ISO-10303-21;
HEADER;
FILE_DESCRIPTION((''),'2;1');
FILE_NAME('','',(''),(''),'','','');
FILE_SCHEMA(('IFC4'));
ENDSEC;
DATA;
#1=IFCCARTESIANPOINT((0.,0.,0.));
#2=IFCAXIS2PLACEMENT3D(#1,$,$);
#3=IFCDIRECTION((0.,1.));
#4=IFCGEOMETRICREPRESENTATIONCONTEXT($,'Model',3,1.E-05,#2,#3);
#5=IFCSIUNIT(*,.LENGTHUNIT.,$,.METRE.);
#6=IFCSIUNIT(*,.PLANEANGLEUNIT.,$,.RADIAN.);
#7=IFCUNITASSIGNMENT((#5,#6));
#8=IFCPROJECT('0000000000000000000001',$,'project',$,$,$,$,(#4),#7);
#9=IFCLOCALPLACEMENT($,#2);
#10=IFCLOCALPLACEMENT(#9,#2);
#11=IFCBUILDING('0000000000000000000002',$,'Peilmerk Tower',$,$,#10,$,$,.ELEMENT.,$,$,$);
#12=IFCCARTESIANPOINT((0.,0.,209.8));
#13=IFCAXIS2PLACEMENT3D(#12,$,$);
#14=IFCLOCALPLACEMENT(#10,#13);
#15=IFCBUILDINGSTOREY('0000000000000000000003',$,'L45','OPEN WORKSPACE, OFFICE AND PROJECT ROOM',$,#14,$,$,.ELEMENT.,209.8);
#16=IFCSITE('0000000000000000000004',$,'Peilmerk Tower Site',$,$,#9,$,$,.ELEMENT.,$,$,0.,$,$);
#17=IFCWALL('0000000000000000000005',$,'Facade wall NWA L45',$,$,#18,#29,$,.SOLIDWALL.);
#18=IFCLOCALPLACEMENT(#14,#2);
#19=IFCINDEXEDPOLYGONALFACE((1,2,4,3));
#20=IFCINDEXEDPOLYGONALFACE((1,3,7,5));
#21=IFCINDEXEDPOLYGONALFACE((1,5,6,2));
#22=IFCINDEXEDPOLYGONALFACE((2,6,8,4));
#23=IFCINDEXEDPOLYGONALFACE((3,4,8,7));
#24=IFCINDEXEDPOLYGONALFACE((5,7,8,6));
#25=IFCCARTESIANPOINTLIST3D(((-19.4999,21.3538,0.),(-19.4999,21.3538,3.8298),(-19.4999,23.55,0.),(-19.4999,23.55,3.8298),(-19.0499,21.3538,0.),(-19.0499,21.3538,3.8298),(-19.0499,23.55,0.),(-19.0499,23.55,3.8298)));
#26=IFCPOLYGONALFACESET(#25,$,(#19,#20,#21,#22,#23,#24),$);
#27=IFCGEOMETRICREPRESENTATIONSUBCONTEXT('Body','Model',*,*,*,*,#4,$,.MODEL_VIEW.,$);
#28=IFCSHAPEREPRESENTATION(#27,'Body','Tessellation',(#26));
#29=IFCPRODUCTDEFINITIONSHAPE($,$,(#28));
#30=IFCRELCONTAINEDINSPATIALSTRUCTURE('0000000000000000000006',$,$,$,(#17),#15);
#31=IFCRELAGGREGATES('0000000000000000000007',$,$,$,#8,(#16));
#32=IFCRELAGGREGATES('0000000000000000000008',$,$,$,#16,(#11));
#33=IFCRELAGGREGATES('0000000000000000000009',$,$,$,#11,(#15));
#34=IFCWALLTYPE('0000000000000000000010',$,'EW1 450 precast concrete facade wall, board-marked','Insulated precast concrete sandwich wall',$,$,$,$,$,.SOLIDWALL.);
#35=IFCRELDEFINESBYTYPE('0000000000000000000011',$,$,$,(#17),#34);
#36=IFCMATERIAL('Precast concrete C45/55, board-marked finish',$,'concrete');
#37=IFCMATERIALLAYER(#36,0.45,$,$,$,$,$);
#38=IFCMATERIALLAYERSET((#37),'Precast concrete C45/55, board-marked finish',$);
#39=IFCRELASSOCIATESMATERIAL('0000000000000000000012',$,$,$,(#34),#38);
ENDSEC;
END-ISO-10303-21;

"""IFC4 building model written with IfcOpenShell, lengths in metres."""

from ifc_helpers import new_model, si_unit, direction, frame, frame_2d, origin, place, context, subcontext, project, spatial, rectangle, extrude, material, layer, layer_set, type_object, element, save


model = new_model("IFC4")

# Units and contexts
model_context = context("Model", 3, precision=1e-05, world=origin(), true_north=direction((0.0, 1.0)))
body_context = subcontext(model_context, "Body", "Model", "MODEL_VIEW")
ifc_project = project(units=[si_unit("LENGTHUNIT", "METRE"), si_unit("PLANEANGLEUNIT", "RADIAN")], contexts=[model_context])

# Site, building, storey
site_placement = place(None, origin())
site = spatial("IfcSite", under=ifc_project, at=site_placement, Name="Peilmerk Tower Site", CompositionType="ELEMENT", RefElevation=0.0)
building_placement = place(site_placement, origin())
building = spatial("IfcBuilding", under=site, at=building_placement, Name="Peilmerk Tower", CompositionType="ELEMENT")
storey_placement = place(building_placement, frame((0.0, 0.0, 209.8)))
storey = spatial("IfcBuildingStorey", under=building, at=storey_placement, Name="L45", Description="OPEN WORKSPACE, OFFICE AND PROJECT ROOM", CompositionType="ELEMENT", Elevation=209.8)

# Shared definitions
ifc_material_1 = material(Name="Precast concrete C45/55, board-marked finish", Category="concrete")
ifc_layer_1 = layer(ifc_material_1, 0.45)
ifc_layer_set_1 = layer_set([ifc_layer_1], Name="Precast concrete C45/55, board-marked finish")
wall_type = type_object("IfcWallType", Name="EW1 450 precast concrete facade wall, board-marked", Description="Insulated precast concrete sandwich wall", PredefinedType="SOLIDWALL", material=ifc_layer_set_1)

# Wall
wall_1_placement = place(storey_placement, frame((-19.2749, 21.3538, 0.0), z_axis=(0.0, 0.0, 1.0), x_axis=(0.0, 1.0, 0.0)))
element("IfcWall", 1, at=wall_1_placement, inside=storey, type_object=wall_type, Name="Facade wall NWA L45", PredefinedType="SOLIDWALL", context=body_context, shape_type="SweptSolid", body=[
    extrude(rectangle(XDim=2.1963, YDim=0.45, at=frame_2d((1.0981, 0.0))), origin(), (0.0, 0.0, 1.0), 3.8298),
])

save(model, "model.ifc")
